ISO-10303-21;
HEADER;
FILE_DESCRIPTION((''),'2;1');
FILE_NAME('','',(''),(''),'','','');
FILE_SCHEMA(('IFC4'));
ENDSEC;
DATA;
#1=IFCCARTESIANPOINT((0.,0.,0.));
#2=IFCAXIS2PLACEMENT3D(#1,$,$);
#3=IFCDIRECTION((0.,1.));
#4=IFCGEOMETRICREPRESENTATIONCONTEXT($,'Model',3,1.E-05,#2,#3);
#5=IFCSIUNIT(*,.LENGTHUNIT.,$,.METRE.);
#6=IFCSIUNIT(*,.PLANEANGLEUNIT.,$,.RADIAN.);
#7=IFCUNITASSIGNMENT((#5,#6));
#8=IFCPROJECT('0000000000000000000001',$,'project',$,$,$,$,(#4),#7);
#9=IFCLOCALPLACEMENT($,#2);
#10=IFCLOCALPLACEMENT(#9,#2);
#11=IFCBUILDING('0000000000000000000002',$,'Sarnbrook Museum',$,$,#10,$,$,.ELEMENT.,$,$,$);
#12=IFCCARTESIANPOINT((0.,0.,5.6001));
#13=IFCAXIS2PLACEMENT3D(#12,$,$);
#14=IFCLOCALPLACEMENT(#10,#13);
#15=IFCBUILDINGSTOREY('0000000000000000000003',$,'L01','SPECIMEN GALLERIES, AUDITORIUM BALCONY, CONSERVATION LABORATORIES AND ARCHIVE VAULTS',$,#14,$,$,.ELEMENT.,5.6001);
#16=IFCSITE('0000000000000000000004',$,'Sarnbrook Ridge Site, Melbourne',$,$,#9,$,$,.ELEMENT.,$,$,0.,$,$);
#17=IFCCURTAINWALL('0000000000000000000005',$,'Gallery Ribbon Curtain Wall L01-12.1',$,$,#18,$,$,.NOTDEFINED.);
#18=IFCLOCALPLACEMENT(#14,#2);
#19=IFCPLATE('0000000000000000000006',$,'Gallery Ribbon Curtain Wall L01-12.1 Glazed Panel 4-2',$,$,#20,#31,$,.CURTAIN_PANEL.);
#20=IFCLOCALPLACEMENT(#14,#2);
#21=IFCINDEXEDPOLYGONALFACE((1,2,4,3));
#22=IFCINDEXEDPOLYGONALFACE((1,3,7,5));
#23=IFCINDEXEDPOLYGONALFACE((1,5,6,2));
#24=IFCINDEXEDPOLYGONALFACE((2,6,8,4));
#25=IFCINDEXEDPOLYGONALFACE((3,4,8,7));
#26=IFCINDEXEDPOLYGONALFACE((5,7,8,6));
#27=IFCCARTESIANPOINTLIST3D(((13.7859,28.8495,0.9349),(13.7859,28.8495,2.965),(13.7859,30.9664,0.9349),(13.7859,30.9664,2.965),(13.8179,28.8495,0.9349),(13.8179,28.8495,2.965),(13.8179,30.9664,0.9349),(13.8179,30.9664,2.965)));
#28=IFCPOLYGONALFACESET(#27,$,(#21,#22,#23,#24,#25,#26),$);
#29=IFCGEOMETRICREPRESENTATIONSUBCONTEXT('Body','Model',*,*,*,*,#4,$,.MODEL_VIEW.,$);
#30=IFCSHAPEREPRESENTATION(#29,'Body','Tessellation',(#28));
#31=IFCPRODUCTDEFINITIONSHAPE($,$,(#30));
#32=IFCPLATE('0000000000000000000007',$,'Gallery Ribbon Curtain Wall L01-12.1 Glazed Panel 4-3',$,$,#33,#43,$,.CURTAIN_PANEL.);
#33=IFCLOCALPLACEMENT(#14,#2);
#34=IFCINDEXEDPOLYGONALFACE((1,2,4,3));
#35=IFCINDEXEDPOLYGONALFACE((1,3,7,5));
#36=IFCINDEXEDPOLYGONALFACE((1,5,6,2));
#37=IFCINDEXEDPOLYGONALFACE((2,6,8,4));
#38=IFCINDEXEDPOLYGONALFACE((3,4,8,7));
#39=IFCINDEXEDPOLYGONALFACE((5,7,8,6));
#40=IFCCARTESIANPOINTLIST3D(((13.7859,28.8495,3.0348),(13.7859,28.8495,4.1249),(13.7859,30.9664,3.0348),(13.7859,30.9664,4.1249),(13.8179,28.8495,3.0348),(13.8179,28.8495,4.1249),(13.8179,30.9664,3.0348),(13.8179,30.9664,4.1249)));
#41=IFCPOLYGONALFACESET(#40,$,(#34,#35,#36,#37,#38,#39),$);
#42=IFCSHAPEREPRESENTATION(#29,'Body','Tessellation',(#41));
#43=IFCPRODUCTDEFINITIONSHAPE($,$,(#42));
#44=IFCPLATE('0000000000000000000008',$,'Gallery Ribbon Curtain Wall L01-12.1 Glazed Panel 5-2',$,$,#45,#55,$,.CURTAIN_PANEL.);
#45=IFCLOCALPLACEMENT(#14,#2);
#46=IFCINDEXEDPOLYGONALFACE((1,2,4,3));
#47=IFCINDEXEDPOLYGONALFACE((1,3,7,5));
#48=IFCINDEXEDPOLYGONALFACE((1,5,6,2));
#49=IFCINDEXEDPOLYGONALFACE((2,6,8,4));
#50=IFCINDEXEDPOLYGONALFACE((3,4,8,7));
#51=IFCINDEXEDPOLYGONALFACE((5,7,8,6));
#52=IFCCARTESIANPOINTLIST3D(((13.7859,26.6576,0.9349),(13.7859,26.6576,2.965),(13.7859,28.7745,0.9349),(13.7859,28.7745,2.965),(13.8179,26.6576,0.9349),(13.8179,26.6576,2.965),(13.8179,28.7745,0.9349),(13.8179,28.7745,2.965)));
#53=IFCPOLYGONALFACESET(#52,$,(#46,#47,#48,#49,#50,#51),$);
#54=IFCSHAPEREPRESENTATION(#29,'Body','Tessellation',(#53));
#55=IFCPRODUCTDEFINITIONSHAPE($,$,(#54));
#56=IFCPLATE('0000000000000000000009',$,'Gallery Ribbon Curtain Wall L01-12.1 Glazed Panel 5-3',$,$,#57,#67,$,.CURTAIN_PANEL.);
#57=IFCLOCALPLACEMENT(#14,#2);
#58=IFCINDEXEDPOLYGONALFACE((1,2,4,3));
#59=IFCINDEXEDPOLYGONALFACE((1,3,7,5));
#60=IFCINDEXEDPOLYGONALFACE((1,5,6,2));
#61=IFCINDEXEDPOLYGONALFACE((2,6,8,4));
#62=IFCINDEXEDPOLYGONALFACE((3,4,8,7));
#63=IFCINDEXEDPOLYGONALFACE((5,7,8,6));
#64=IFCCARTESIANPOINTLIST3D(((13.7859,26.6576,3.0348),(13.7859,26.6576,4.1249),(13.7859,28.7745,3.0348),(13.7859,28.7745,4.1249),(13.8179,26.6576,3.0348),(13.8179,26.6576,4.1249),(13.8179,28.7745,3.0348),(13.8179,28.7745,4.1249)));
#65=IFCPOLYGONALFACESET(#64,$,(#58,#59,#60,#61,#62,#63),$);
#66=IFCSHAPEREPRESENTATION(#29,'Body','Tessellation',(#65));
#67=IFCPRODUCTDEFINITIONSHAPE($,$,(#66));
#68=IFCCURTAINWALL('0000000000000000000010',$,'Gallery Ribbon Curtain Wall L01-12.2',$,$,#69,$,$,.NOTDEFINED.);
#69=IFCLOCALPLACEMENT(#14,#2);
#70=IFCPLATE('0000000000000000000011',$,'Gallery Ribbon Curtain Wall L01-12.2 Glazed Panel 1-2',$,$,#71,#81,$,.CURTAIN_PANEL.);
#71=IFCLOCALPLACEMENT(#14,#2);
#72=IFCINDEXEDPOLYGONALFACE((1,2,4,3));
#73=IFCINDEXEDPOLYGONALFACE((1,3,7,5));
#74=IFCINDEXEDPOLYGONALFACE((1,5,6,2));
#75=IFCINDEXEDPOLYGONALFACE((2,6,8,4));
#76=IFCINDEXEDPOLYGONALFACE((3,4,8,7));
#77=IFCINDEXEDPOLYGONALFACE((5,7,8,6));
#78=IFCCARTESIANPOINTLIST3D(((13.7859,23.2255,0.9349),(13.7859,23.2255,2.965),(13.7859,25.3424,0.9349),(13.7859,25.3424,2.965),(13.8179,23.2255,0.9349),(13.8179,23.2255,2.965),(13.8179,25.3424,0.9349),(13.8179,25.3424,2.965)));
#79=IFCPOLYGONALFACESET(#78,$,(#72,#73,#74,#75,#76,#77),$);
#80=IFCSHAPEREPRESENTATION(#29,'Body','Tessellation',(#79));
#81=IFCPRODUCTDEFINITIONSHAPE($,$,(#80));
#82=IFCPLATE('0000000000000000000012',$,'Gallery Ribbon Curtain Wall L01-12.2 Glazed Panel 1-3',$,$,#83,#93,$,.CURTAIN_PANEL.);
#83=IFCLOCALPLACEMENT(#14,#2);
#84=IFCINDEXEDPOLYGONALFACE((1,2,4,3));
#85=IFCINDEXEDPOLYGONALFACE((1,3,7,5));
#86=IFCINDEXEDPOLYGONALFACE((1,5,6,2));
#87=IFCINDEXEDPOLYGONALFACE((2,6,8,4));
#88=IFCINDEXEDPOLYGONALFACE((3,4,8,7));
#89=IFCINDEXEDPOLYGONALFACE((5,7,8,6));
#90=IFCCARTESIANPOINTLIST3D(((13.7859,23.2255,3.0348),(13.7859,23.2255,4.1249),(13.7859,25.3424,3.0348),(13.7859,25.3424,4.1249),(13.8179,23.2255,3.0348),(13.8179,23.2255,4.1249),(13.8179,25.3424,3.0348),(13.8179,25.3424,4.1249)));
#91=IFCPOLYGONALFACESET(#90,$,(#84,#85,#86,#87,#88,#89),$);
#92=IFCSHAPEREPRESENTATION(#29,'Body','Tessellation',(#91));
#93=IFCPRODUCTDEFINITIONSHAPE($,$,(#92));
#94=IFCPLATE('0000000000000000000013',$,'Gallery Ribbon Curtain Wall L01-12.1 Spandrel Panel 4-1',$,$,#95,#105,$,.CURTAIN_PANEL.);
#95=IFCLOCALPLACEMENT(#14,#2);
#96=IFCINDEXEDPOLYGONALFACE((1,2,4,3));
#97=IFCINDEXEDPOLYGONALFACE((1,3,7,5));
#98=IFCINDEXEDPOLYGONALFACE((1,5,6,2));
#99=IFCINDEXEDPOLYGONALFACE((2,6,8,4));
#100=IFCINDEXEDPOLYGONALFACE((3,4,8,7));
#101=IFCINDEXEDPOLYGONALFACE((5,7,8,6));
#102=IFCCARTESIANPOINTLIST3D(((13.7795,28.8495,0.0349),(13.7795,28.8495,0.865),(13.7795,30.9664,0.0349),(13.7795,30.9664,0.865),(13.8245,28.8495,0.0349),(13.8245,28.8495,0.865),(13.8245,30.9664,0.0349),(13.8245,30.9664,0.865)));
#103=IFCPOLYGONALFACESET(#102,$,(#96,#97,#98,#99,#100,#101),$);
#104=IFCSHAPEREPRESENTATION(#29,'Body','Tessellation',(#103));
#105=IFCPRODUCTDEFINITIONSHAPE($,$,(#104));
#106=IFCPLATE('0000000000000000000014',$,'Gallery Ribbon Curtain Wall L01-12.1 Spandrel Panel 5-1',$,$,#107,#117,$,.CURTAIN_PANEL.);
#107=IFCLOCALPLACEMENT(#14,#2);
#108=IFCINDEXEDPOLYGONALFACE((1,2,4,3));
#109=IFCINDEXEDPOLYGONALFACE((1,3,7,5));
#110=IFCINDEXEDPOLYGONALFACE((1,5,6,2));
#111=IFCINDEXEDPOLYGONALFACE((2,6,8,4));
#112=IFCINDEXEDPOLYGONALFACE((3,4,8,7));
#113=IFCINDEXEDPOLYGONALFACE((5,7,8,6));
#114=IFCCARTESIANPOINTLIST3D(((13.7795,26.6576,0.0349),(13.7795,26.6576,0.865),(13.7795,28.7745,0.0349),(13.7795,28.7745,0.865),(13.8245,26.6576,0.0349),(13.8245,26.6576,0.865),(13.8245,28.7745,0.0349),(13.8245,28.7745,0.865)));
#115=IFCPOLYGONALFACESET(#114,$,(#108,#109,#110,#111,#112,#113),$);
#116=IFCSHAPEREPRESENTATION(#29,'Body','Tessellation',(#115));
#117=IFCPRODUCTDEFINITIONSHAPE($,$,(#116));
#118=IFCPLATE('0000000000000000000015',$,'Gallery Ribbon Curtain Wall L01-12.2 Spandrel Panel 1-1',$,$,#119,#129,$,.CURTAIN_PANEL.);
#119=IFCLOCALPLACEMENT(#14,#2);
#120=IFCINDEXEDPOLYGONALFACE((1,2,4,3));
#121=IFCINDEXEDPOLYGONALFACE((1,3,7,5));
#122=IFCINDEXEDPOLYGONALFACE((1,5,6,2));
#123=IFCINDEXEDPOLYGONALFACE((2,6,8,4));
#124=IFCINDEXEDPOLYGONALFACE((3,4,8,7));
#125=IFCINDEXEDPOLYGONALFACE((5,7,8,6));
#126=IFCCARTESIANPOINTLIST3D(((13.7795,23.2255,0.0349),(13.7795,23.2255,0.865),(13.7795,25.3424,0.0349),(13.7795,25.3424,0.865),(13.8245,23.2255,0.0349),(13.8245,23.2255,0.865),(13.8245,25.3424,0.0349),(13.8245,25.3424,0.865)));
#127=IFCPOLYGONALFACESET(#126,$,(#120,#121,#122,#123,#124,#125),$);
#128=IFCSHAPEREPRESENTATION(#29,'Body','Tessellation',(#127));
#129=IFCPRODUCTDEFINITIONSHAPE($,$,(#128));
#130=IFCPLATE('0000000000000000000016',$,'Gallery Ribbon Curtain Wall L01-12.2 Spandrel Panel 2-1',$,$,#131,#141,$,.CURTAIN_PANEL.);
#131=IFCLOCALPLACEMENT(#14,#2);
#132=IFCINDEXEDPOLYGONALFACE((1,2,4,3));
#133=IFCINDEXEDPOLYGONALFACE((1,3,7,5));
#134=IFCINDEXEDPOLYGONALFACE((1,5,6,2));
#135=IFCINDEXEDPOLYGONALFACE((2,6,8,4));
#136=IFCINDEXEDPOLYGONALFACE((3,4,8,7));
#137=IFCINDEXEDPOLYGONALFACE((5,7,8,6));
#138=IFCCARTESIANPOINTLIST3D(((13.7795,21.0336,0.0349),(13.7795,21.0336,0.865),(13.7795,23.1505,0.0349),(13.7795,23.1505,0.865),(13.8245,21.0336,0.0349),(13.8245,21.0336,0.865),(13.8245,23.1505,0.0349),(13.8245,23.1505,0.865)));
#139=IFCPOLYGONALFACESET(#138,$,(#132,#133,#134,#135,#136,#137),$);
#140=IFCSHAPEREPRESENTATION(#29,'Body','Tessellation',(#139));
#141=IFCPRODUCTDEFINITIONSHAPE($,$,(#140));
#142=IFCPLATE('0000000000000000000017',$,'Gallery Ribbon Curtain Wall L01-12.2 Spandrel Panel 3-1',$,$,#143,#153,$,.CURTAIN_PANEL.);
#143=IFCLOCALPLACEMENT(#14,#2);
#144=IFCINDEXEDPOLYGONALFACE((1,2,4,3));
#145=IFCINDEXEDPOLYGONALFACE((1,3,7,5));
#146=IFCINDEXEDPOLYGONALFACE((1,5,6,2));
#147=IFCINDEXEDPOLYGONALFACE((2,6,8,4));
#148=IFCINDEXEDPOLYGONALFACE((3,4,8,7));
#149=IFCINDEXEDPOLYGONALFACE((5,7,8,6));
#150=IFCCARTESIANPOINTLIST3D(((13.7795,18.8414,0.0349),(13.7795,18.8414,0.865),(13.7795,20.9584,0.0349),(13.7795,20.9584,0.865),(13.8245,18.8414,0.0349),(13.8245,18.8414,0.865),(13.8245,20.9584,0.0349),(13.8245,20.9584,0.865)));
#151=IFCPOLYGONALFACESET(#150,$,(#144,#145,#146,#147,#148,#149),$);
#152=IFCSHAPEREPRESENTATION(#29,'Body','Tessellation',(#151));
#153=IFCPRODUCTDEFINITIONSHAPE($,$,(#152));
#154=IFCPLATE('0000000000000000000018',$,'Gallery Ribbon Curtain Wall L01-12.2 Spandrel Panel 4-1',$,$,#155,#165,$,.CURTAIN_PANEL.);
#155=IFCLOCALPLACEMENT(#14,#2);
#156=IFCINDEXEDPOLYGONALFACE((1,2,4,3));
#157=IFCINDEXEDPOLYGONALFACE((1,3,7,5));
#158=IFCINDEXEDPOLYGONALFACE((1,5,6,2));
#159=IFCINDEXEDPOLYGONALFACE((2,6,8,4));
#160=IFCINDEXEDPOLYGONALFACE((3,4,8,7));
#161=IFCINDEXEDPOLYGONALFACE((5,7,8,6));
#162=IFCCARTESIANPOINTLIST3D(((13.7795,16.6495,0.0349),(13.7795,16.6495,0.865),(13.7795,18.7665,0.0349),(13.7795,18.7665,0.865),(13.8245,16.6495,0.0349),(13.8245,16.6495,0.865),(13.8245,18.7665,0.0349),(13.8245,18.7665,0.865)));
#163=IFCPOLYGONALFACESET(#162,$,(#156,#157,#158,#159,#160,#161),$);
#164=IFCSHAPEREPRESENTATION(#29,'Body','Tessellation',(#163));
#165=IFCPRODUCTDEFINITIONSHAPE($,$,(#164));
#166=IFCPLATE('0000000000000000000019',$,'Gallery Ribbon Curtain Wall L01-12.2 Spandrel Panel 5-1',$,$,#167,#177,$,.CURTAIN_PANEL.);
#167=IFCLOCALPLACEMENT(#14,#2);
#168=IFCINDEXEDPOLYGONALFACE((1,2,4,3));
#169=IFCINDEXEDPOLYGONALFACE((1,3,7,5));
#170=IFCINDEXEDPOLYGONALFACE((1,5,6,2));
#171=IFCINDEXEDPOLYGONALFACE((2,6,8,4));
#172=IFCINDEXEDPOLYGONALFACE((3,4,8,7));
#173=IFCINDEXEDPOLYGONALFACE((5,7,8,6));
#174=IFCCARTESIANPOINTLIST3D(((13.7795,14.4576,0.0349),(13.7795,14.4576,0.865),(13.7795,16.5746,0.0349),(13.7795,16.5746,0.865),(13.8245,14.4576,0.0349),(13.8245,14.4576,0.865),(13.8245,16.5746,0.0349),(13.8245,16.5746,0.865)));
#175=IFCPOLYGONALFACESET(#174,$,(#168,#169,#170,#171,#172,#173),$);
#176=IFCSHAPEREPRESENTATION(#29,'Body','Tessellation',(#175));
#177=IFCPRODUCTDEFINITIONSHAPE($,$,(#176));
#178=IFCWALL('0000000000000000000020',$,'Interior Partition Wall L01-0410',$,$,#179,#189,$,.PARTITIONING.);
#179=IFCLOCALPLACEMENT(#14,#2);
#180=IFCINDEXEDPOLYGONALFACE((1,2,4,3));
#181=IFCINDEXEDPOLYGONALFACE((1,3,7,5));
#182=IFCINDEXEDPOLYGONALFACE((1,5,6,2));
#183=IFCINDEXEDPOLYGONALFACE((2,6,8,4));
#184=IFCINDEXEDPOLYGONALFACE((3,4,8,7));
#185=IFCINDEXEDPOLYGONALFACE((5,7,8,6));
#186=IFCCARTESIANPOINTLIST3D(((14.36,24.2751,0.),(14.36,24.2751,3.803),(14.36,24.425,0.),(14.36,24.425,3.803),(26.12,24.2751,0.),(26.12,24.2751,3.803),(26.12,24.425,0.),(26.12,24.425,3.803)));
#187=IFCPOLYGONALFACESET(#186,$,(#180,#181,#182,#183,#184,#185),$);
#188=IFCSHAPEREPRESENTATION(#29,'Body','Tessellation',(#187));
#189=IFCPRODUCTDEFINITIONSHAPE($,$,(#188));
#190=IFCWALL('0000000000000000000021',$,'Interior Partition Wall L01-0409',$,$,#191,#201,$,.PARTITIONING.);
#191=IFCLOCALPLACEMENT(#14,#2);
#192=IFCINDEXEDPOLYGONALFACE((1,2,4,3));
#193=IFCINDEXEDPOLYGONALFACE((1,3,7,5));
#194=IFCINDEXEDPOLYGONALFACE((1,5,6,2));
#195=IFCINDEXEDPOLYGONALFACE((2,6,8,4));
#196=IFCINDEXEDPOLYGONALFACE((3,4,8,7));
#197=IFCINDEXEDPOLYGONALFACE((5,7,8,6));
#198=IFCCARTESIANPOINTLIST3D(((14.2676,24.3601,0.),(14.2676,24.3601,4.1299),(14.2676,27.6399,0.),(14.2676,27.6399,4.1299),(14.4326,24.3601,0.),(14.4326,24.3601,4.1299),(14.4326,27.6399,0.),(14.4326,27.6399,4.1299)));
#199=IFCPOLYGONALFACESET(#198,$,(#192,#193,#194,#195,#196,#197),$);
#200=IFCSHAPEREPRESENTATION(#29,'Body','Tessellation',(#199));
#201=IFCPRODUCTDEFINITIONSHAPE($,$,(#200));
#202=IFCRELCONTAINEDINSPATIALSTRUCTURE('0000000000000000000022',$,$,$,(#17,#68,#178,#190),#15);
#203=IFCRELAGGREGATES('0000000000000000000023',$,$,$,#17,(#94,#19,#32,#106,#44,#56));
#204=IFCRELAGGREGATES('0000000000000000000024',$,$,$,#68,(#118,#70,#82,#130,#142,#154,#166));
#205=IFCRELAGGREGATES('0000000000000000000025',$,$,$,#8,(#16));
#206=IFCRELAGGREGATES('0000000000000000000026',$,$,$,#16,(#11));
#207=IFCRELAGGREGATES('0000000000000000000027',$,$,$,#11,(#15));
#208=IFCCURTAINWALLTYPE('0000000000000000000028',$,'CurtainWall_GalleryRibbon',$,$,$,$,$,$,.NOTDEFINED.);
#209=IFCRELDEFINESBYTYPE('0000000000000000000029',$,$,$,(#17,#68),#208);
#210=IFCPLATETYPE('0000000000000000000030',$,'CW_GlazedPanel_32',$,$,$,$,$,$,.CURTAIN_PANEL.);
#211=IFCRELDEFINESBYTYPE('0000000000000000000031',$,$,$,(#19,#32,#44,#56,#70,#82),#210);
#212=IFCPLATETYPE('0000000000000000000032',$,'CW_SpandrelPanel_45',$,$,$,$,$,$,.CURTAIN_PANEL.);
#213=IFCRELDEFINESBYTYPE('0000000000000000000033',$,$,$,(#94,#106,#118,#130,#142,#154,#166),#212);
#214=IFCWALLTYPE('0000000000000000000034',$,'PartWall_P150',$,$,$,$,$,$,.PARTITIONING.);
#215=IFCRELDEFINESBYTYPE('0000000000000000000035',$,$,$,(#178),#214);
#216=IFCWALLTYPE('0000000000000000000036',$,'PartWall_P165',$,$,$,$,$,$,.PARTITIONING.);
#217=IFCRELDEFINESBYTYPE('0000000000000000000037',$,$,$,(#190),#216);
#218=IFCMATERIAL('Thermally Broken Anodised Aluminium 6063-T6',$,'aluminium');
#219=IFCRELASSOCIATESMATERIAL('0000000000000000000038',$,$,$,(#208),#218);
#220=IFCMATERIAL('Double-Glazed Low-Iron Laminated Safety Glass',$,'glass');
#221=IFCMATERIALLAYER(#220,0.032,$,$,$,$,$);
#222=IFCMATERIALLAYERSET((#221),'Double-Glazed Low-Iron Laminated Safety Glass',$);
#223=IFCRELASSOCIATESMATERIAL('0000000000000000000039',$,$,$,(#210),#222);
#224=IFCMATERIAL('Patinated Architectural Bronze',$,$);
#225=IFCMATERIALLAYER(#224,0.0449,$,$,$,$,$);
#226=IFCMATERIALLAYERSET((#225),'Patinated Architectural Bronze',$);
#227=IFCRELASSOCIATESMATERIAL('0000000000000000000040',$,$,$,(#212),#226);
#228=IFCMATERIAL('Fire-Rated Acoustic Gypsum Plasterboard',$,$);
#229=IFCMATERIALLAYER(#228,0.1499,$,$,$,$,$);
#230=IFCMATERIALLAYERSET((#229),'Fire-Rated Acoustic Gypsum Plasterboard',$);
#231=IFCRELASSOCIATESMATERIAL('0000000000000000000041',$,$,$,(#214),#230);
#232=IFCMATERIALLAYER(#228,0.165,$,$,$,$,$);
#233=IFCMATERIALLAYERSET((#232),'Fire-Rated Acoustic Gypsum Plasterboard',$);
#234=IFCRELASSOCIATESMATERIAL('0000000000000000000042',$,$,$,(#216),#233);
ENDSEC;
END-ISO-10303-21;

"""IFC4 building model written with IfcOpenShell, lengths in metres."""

from ifc_helpers import new_model, si_unit, direction, frame, frame_2d, origin, origin_2d, place, context, subcontext, project, spatial, rectangle, extrude, material, layer, layer_set, type_object, element, aggregate, save


model = new_model("IFC4")

# Units and contexts
model_context = context("Model", 3, precision=1e-05, world=origin(), true_north=direction((0.0, 1.0)))
body_context = subcontext(model_context, "Body", "Model", "MODEL_VIEW")
ifc_project = project(units=[si_unit("LENGTHUNIT", "METRE"), si_unit("PLANEANGLEUNIT", "RADIAN")], contexts=[model_context])

# Site, building, storey
site_placement = place(None, origin())
site = spatial("IfcSite", under=ifc_project, at=site_placement, Name="Sarnbrook Ridge Site, Melbourne", CompositionType="ELEMENT", RefElevation=0.0)
building_placement = place(site_placement, origin())
building = spatial("IfcBuilding", under=site, at=building_placement, Name="Sarnbrook Museum", CompositionType="ELEMENT")
storey_placement = place(building_placement, frame((0.0, 0.0, 5.6001)))
storey = spatial("IfcBuildingStorey", under=building, at=storey_placement, Name="L01", Description="SPECIMEN GALLERIES, AUDITORIUM BALCONY, CONSERVATION LABORATORIES AND ARCHIVE VAULTS", CompositionType="ELEMENT", Elevation=5.6001)

# Curtain walls, plates
ifc_material_1 = material(Name="Thermally Broken Anodised Aluminium 6063-T6", Category="aluminium")
curtain_wall_type = type_object("IfcCurtainWallType", Name="CurtainWall_GalleryRibbon", PredefinedType="NOTDEFINED", material=ifc_material_1)
curtain_wall_1_placement = place(storey_placement, origin())
curtain_wall_1 = element("IfcCurtainWall", 1, at=curtain_wall_1_placement, inside=storey, type_object=curtain_wall_type, Name="Gallery Ribbon Curtain Wall L01-12.1", PredefinedType="NOTDEFINED")
ifc_material_2 = material(Name="Double-Glazed Low-Iron Laminated Safety Glass", Category="glass")
ifc_layer_1 = layer(ifc_material_2, 0.032)
ifc_layer_set_1 = layer_set([ifc_layer_1], Name="Double-Glazed Low-Iron Laminated Safety Glass")
plate_type_1 = type_object("IfcPlateType", Name="CW_GlazedPanel_32", PredefinedType="CURTAIN_PANEL", material=ifc_layer_set_1)
plate_1_placement = place(storey_placement, frame((13.8179, 29.908, 1.95), z_axis=(-1.0, 0.0, 0.0), x_axis=(0.0, -1.0, 0.0)))
plate_1 = element("IfcPlate", 2, at=plate_1_placement, type_object=plate_type_1, Name="Gallery Ribbon Curtain Wall L01-12.1 Glazed Panel 4-2", PredefinedType="CURTAIN_PANEL", context=body_context, shape_type="SweptSolid", body=[
    extrude(rectangle(XDim=2.1169, YDim=2.03, at=origin_2d()), origin(), (0.0, 0.0, 1.0), 0.032),
])
plate_2_placement = place(storey_placement, frame((13.8179, 29.908, 3.5798), z_axis=(-1.0, 0.0, 0.0), x_axis=(0.0, -1.0, 0.0)))
plate_2 = element("IfcPlate", 3, at=plate_2_placement, type_object=plate_type_1, Name="Gallery Ribbon Curtain Wall L01-12.1 Glazed Panel 4-3", PredefinedType="CURTAIN_PANEL", context=body_context, shape_type="SweptSolid", body=[
    extrude(rectangle(XDim=2.1169, YDim=1.0901, at=origin_2d()), origin(), (0.0, 0.0, 1.0), 0.032),
])
plate_3_placement = place(storey_placement, frame((13.8179, 27.7161, 1.95), z_axis=(-1.0, 0.0, 0.0), x_axis=(0.0, -1.0, 0.0)))
plate_3 = element("IfcPlate", 4, at=plate_3_placement, type_object=plate_type_1, Name="Gallery Ribbon Curtain Wall L01-12.1 Glazed Panel 5-2", PredefinedType="CURTAIN_PANEL", context=body_context, shape_type="SweptSolid", body=[
    extrude(rectangle(XDim=2.1169, YDim=2.03, at=origin_2d()), origin(), (0.0, 0.0, 1.0), 0.032),
])
plate_4_placement = place(storey_placement, frame((13.8179, 27.7161, 3.5798), z_axis=(-1.0, 0.0, 0.0), x_axis=(0.0, -1.0, 0.0)))
plate_4 = element("IfcPlate", 5, at=plate_4_placement, type_object=plate_type_1, Name="Gallery Ribbon Curtain Wall L01-12.1 Glazed Panel 5-3", PredefinedType="CURTAIN_PANEL", context=body_context, shape_type="SweptSolid", body=[
    extrude(rectangle(XDim=2.1169, YDim=1.0901, at=origin_2d()), origin(), (0.0, 0.0, 1.0), 0.032),
])
curtain_wall_2_placement = place(storey_placement, origin())
curtain_wall_2 = element("IfcCurtainWall", 6, at=curtain_wall_2_placement, inside=storey, type_object=curtain_wall_type, Name="Gallery Ribbon Curtain Wall L01-12.2", PredefinedType="NOTDEFINED")
plate_5_placement = place(storey_placement, frame((13.8179, 24.2839, 1.95), z_axis=(-1.0, 0.0, 0.0), x_axis=(0.0, -1.0, 0.0)))
plate_5 = element("IfcPlate", 7, at=plate_5_placement, type_object=plate_type_1, Name="Gallery Ribbon Curtain Wall L01-12.2 Glazed Panel 1-2", PredefinedType="CURTAIN_PANEL", context=body_context, shape_type="SweptSolid", body=[
    extrude(rectangle(XDim=2.1169, YDim=2.03, at=origin_2d()), origin(), (0.0, 0.0, 1.0), 0.032),
])
plate_6_placement = place(storey_placement, frame((13.8179, 24.2839, 3.5798), z_axis=(-1.0, 0.0, 0.0), x_axis=(0.0, -1.0, 0.0)))
plate_6 = element("IfcPlate", 8, at=plate_6_placement, type_object=plate_type_1, Name="Gallery Ribbon Curtain Wall L01-12.2 Glazed Panel 1-3", PredefinedType="CURTAIN_PANEL", context=body_context, shape_type="SweptSolid", body=[
    extrude(rectangle(XDim=2.1169, YDim=1.0901, at=origin_2d()), origin(), (0.0, 0.0, 1.0), 0.032),
])

# Plates
ifc_material_3 = material(Name="Patinated Architectural Bronze")
ifc_layer_2 = layer(ifc_material_3, 0.0449)
ifc_layer_set_2 = layer_set([ifc_layer_2], Name="Patinated Architectural Bronze")
plate_type_2 = type_object("IfcPlateType", Name="CW_SpandrelPanel_45", PredefinedType="CURTAIN_PANEL", material=ifc_layer_set_2)
plate_7_placement = place(storey_placement, frame((13.8245, 29.908, 0.45), z_axis=(-1.0, 0.0, 0.0), x_axis=(0.0, -1.0, 0.0)))
plate_7 = element("IfcPlate", 9, at=plate_7_placement, type_object=plate_type_2, Name="Gallery Ribbon Curtain Wall L01-12.1 Spandrel Panel 4-1", PredefinedType="CURTAIN_PANEL", context=body_context, shape_type="SweptSolid", body=[
    extrude(rectangle(XDim=2.1169, YDim=0.8301, at=origin_2d()), origin(), (0.0, 0.0, 1.0), 0.0449),
])
plate_8_placement = place(storey_placement, frame((13.8245, 27.7161, 0.45), z_axis=(-1.0, 0.0, 0.0), x_axis=(0.0, -1.0, 0.0)))
plate_8 = element("IfcPlate", 10, at=plate_8_placement, type_object=plate_type_2, Name="Gallery Ribbon Curtain Wall L01-12.1 Spandrel Panel 5-1", PredefinedType="CURTAIN_PANEL", context=body_context, shape_type="SweptSolid", body=[
    extrude(rectangle(XDim=2.1169, YDim=0.8301, at=origin_2d()), origin(), (0.0, 0.0, 1.0), 0.0449),
])
aggregate(curtain_wall_1, [plate_7, plate_1, plate_2, plate_8, plate_3, plate_4])
plate_9_placement = place(storey_placement, frame((13.8245, 24.2839, 0.45), z_axis=(-1.0, 0.0, 0.0), x_axis=(0.0, -1.0, 0.0)))
plate_9 = element("IfcPlate", 11, at=plate_9_placement, type_object=plate_type_2, Name="Gallery Ribbon Curtain Wall L01-12.2 Spandrel Panel 1-1", PredefinedType="CURTAIN_PANEL", context=body_context, shape_type="SweptSolid", body=[
    extrude(rectangle(XDim=2.1169, YDim=0.8301, at=origin_2d()), origin(), (0.0, 0.0, 1.0), 0.0449),
])
plate_10_placement = place(storey_placement, frame((13.8245, 22.092, 0.45), z_axis=(-1.0, 0.0, 0.0), x_axis=(0.0, -1.0, 0.0)))
plate_10 = element("IfcPlate", 12, at=plate_10_placement, type_object=plate_type_2, Name="Gallery Ribbon Curtain Wall L01-12.2 Spandrel Panel 2-1", PredefinedType="CURTAIN_PANEL", context=body_context, shape_type="SweptSolid", body=[
    extrude(rectangle(XDim=2.1169, YDim=0.8301, at=origin_2d()), origin(), (0.0, 0.0, 1.0), 0.0449),
])
plate_11_placement = place(storey_placement, frame((13.8245, 19.8999, 0.45), z_axis=(-1.0, 0.0, 0.0), x_axis=(0.0, -1.0, 0.0)))
plate_11 = element("IfcPlate", 13, at=plate_11_placement, type_object=plate_type_2, Name="Gallery Ribbon Curtain Wall L01-12.2 Spandrel Panel 3-1", PredefinedType="CURTAIN_PANEL", context=body_context, shape_type="SweptSolid", body=[
    extrude(rectangle(XDim=2.1169, YDim=0.8301, at=origin_2d()), origin(), (0.0, 0.0, 1.0), 0.0449),
])
plate_12_placement = place(storey_placement, frame((13.8245, 17.708, 0.45), z_axis=(-1.0, 0.0, 0.0), x_axis=(0.0, -1.0, 0.0)))
plate_12 = element("IfcPlate", 14, at=plate_12_placement, type_object=plate_type_2, Name="Gallery Ribbon Curtain Wall L01-12.2 Spandrel Panel 4-1", PredefinedType="CURTAIN_PANEL", context=body_context, shape_type="SweptSolid", body=[
    extrude(rectangle(XDim=2.1169, YDim=0.8301, at=origin_2d()), origin(), (0.0, 0.0, 1.0), 0.0449),
])
plate_13_placement = place(storey_placement, frame((13.8245, 15.5161, 0.45), z_axis=(-1.0, 0.0, 0.0), x_axis=(0.0, -1.0, 0.0)))
plate_13 = element("IfcPlate", 15, at=plate_13_placement, type_object=plate_type_2, Name="Gallery Ribbon Curtain Wall L01-12.2 Spandrel Panel 5-1", PredefinedType="CURTAIN_PANEL", context=body_context, shape_type="SweptSolid", body=[
    extrude(rectangle(XDim=2.1169, YDim=0.8301, at=origin_2d()), origin(), (0.0, 0.0, 1.0), 0.0449),
])
aggregate(curtain_wall_2, [plate_9, plate_5, plate_6, plate_10, plate_11, plate_12, plate_13])

# Walls
ifc_material_4 = material(Name="Fire-Rated Acoustic Gypsum Plasterboard")
ifc_layer_3 = layer(ifc_material_4, 0.1499)
ifc_layer_set_3 = layer_set([ifc_layer_3], Name="Fire-Rated Acoustic Gypsum Plasterboard")
wall_type_1 = type_object("IfcWallType", Name="PartWall_P150", PredefinedType="PARTITIONING", material=ifc_layer_set_3)
wall_1_placement = place(storey_placement, frame((14.3601, 24.3501, 0.0), z_axis=(0.0, 0.0, 1.0), x_axis=(1.0, 0.0, 0.0)))
element("IfcWall", 16, at=wall_1_placement, inside=storey, type_object=wall_type_1, Name="Interior Partition Wall L01-0410", PredefinedType="PARTITIONING", context=body_context, shape_type="SweptSolid", body=[
    extrude(rectangle(XDim=11.76, YDim=0.1499, at=frame_2d((5.8799, 0.0))), origin(), (0.0, 0.0, 1.0), 3.803),
])
ifc_layer_4 = layer(ifc_material_4, 0.165)
ifc_layer_set_4 = layer_set([ifc_layer_4], Name="Fire-Rated Acoustic Gypsum Plasterboard")
wall_type_2 = type_object("IfcWallType", Name="PartWall_P165", PredefinedType="PARTITIONING", material=ifc_layer_set_4)
wall_2_placement = place(storey_placement, frame((14.3501, 27.6399, 0.0), z_axis=(0.0, 0.0, 1.0), x_axis=(0.0, -1.0, 0.0)))
element("IfcWall", 17, at=wall_2_placement, inside=storey, type_object=wall_type_2, Name="Interior Partition Wall L01-0409", PredefinedType="PARTITIONING", context=body_context, shape_type="SweptSolid", body=[
    extrude(rectangle(XDim=3.2798, YDim=0.165, at=frame_2d((1.6399, 0.0))), origin(), (0.0, 0.0, 1.0), 4.1299),
])

save(model, "model.ifc")
